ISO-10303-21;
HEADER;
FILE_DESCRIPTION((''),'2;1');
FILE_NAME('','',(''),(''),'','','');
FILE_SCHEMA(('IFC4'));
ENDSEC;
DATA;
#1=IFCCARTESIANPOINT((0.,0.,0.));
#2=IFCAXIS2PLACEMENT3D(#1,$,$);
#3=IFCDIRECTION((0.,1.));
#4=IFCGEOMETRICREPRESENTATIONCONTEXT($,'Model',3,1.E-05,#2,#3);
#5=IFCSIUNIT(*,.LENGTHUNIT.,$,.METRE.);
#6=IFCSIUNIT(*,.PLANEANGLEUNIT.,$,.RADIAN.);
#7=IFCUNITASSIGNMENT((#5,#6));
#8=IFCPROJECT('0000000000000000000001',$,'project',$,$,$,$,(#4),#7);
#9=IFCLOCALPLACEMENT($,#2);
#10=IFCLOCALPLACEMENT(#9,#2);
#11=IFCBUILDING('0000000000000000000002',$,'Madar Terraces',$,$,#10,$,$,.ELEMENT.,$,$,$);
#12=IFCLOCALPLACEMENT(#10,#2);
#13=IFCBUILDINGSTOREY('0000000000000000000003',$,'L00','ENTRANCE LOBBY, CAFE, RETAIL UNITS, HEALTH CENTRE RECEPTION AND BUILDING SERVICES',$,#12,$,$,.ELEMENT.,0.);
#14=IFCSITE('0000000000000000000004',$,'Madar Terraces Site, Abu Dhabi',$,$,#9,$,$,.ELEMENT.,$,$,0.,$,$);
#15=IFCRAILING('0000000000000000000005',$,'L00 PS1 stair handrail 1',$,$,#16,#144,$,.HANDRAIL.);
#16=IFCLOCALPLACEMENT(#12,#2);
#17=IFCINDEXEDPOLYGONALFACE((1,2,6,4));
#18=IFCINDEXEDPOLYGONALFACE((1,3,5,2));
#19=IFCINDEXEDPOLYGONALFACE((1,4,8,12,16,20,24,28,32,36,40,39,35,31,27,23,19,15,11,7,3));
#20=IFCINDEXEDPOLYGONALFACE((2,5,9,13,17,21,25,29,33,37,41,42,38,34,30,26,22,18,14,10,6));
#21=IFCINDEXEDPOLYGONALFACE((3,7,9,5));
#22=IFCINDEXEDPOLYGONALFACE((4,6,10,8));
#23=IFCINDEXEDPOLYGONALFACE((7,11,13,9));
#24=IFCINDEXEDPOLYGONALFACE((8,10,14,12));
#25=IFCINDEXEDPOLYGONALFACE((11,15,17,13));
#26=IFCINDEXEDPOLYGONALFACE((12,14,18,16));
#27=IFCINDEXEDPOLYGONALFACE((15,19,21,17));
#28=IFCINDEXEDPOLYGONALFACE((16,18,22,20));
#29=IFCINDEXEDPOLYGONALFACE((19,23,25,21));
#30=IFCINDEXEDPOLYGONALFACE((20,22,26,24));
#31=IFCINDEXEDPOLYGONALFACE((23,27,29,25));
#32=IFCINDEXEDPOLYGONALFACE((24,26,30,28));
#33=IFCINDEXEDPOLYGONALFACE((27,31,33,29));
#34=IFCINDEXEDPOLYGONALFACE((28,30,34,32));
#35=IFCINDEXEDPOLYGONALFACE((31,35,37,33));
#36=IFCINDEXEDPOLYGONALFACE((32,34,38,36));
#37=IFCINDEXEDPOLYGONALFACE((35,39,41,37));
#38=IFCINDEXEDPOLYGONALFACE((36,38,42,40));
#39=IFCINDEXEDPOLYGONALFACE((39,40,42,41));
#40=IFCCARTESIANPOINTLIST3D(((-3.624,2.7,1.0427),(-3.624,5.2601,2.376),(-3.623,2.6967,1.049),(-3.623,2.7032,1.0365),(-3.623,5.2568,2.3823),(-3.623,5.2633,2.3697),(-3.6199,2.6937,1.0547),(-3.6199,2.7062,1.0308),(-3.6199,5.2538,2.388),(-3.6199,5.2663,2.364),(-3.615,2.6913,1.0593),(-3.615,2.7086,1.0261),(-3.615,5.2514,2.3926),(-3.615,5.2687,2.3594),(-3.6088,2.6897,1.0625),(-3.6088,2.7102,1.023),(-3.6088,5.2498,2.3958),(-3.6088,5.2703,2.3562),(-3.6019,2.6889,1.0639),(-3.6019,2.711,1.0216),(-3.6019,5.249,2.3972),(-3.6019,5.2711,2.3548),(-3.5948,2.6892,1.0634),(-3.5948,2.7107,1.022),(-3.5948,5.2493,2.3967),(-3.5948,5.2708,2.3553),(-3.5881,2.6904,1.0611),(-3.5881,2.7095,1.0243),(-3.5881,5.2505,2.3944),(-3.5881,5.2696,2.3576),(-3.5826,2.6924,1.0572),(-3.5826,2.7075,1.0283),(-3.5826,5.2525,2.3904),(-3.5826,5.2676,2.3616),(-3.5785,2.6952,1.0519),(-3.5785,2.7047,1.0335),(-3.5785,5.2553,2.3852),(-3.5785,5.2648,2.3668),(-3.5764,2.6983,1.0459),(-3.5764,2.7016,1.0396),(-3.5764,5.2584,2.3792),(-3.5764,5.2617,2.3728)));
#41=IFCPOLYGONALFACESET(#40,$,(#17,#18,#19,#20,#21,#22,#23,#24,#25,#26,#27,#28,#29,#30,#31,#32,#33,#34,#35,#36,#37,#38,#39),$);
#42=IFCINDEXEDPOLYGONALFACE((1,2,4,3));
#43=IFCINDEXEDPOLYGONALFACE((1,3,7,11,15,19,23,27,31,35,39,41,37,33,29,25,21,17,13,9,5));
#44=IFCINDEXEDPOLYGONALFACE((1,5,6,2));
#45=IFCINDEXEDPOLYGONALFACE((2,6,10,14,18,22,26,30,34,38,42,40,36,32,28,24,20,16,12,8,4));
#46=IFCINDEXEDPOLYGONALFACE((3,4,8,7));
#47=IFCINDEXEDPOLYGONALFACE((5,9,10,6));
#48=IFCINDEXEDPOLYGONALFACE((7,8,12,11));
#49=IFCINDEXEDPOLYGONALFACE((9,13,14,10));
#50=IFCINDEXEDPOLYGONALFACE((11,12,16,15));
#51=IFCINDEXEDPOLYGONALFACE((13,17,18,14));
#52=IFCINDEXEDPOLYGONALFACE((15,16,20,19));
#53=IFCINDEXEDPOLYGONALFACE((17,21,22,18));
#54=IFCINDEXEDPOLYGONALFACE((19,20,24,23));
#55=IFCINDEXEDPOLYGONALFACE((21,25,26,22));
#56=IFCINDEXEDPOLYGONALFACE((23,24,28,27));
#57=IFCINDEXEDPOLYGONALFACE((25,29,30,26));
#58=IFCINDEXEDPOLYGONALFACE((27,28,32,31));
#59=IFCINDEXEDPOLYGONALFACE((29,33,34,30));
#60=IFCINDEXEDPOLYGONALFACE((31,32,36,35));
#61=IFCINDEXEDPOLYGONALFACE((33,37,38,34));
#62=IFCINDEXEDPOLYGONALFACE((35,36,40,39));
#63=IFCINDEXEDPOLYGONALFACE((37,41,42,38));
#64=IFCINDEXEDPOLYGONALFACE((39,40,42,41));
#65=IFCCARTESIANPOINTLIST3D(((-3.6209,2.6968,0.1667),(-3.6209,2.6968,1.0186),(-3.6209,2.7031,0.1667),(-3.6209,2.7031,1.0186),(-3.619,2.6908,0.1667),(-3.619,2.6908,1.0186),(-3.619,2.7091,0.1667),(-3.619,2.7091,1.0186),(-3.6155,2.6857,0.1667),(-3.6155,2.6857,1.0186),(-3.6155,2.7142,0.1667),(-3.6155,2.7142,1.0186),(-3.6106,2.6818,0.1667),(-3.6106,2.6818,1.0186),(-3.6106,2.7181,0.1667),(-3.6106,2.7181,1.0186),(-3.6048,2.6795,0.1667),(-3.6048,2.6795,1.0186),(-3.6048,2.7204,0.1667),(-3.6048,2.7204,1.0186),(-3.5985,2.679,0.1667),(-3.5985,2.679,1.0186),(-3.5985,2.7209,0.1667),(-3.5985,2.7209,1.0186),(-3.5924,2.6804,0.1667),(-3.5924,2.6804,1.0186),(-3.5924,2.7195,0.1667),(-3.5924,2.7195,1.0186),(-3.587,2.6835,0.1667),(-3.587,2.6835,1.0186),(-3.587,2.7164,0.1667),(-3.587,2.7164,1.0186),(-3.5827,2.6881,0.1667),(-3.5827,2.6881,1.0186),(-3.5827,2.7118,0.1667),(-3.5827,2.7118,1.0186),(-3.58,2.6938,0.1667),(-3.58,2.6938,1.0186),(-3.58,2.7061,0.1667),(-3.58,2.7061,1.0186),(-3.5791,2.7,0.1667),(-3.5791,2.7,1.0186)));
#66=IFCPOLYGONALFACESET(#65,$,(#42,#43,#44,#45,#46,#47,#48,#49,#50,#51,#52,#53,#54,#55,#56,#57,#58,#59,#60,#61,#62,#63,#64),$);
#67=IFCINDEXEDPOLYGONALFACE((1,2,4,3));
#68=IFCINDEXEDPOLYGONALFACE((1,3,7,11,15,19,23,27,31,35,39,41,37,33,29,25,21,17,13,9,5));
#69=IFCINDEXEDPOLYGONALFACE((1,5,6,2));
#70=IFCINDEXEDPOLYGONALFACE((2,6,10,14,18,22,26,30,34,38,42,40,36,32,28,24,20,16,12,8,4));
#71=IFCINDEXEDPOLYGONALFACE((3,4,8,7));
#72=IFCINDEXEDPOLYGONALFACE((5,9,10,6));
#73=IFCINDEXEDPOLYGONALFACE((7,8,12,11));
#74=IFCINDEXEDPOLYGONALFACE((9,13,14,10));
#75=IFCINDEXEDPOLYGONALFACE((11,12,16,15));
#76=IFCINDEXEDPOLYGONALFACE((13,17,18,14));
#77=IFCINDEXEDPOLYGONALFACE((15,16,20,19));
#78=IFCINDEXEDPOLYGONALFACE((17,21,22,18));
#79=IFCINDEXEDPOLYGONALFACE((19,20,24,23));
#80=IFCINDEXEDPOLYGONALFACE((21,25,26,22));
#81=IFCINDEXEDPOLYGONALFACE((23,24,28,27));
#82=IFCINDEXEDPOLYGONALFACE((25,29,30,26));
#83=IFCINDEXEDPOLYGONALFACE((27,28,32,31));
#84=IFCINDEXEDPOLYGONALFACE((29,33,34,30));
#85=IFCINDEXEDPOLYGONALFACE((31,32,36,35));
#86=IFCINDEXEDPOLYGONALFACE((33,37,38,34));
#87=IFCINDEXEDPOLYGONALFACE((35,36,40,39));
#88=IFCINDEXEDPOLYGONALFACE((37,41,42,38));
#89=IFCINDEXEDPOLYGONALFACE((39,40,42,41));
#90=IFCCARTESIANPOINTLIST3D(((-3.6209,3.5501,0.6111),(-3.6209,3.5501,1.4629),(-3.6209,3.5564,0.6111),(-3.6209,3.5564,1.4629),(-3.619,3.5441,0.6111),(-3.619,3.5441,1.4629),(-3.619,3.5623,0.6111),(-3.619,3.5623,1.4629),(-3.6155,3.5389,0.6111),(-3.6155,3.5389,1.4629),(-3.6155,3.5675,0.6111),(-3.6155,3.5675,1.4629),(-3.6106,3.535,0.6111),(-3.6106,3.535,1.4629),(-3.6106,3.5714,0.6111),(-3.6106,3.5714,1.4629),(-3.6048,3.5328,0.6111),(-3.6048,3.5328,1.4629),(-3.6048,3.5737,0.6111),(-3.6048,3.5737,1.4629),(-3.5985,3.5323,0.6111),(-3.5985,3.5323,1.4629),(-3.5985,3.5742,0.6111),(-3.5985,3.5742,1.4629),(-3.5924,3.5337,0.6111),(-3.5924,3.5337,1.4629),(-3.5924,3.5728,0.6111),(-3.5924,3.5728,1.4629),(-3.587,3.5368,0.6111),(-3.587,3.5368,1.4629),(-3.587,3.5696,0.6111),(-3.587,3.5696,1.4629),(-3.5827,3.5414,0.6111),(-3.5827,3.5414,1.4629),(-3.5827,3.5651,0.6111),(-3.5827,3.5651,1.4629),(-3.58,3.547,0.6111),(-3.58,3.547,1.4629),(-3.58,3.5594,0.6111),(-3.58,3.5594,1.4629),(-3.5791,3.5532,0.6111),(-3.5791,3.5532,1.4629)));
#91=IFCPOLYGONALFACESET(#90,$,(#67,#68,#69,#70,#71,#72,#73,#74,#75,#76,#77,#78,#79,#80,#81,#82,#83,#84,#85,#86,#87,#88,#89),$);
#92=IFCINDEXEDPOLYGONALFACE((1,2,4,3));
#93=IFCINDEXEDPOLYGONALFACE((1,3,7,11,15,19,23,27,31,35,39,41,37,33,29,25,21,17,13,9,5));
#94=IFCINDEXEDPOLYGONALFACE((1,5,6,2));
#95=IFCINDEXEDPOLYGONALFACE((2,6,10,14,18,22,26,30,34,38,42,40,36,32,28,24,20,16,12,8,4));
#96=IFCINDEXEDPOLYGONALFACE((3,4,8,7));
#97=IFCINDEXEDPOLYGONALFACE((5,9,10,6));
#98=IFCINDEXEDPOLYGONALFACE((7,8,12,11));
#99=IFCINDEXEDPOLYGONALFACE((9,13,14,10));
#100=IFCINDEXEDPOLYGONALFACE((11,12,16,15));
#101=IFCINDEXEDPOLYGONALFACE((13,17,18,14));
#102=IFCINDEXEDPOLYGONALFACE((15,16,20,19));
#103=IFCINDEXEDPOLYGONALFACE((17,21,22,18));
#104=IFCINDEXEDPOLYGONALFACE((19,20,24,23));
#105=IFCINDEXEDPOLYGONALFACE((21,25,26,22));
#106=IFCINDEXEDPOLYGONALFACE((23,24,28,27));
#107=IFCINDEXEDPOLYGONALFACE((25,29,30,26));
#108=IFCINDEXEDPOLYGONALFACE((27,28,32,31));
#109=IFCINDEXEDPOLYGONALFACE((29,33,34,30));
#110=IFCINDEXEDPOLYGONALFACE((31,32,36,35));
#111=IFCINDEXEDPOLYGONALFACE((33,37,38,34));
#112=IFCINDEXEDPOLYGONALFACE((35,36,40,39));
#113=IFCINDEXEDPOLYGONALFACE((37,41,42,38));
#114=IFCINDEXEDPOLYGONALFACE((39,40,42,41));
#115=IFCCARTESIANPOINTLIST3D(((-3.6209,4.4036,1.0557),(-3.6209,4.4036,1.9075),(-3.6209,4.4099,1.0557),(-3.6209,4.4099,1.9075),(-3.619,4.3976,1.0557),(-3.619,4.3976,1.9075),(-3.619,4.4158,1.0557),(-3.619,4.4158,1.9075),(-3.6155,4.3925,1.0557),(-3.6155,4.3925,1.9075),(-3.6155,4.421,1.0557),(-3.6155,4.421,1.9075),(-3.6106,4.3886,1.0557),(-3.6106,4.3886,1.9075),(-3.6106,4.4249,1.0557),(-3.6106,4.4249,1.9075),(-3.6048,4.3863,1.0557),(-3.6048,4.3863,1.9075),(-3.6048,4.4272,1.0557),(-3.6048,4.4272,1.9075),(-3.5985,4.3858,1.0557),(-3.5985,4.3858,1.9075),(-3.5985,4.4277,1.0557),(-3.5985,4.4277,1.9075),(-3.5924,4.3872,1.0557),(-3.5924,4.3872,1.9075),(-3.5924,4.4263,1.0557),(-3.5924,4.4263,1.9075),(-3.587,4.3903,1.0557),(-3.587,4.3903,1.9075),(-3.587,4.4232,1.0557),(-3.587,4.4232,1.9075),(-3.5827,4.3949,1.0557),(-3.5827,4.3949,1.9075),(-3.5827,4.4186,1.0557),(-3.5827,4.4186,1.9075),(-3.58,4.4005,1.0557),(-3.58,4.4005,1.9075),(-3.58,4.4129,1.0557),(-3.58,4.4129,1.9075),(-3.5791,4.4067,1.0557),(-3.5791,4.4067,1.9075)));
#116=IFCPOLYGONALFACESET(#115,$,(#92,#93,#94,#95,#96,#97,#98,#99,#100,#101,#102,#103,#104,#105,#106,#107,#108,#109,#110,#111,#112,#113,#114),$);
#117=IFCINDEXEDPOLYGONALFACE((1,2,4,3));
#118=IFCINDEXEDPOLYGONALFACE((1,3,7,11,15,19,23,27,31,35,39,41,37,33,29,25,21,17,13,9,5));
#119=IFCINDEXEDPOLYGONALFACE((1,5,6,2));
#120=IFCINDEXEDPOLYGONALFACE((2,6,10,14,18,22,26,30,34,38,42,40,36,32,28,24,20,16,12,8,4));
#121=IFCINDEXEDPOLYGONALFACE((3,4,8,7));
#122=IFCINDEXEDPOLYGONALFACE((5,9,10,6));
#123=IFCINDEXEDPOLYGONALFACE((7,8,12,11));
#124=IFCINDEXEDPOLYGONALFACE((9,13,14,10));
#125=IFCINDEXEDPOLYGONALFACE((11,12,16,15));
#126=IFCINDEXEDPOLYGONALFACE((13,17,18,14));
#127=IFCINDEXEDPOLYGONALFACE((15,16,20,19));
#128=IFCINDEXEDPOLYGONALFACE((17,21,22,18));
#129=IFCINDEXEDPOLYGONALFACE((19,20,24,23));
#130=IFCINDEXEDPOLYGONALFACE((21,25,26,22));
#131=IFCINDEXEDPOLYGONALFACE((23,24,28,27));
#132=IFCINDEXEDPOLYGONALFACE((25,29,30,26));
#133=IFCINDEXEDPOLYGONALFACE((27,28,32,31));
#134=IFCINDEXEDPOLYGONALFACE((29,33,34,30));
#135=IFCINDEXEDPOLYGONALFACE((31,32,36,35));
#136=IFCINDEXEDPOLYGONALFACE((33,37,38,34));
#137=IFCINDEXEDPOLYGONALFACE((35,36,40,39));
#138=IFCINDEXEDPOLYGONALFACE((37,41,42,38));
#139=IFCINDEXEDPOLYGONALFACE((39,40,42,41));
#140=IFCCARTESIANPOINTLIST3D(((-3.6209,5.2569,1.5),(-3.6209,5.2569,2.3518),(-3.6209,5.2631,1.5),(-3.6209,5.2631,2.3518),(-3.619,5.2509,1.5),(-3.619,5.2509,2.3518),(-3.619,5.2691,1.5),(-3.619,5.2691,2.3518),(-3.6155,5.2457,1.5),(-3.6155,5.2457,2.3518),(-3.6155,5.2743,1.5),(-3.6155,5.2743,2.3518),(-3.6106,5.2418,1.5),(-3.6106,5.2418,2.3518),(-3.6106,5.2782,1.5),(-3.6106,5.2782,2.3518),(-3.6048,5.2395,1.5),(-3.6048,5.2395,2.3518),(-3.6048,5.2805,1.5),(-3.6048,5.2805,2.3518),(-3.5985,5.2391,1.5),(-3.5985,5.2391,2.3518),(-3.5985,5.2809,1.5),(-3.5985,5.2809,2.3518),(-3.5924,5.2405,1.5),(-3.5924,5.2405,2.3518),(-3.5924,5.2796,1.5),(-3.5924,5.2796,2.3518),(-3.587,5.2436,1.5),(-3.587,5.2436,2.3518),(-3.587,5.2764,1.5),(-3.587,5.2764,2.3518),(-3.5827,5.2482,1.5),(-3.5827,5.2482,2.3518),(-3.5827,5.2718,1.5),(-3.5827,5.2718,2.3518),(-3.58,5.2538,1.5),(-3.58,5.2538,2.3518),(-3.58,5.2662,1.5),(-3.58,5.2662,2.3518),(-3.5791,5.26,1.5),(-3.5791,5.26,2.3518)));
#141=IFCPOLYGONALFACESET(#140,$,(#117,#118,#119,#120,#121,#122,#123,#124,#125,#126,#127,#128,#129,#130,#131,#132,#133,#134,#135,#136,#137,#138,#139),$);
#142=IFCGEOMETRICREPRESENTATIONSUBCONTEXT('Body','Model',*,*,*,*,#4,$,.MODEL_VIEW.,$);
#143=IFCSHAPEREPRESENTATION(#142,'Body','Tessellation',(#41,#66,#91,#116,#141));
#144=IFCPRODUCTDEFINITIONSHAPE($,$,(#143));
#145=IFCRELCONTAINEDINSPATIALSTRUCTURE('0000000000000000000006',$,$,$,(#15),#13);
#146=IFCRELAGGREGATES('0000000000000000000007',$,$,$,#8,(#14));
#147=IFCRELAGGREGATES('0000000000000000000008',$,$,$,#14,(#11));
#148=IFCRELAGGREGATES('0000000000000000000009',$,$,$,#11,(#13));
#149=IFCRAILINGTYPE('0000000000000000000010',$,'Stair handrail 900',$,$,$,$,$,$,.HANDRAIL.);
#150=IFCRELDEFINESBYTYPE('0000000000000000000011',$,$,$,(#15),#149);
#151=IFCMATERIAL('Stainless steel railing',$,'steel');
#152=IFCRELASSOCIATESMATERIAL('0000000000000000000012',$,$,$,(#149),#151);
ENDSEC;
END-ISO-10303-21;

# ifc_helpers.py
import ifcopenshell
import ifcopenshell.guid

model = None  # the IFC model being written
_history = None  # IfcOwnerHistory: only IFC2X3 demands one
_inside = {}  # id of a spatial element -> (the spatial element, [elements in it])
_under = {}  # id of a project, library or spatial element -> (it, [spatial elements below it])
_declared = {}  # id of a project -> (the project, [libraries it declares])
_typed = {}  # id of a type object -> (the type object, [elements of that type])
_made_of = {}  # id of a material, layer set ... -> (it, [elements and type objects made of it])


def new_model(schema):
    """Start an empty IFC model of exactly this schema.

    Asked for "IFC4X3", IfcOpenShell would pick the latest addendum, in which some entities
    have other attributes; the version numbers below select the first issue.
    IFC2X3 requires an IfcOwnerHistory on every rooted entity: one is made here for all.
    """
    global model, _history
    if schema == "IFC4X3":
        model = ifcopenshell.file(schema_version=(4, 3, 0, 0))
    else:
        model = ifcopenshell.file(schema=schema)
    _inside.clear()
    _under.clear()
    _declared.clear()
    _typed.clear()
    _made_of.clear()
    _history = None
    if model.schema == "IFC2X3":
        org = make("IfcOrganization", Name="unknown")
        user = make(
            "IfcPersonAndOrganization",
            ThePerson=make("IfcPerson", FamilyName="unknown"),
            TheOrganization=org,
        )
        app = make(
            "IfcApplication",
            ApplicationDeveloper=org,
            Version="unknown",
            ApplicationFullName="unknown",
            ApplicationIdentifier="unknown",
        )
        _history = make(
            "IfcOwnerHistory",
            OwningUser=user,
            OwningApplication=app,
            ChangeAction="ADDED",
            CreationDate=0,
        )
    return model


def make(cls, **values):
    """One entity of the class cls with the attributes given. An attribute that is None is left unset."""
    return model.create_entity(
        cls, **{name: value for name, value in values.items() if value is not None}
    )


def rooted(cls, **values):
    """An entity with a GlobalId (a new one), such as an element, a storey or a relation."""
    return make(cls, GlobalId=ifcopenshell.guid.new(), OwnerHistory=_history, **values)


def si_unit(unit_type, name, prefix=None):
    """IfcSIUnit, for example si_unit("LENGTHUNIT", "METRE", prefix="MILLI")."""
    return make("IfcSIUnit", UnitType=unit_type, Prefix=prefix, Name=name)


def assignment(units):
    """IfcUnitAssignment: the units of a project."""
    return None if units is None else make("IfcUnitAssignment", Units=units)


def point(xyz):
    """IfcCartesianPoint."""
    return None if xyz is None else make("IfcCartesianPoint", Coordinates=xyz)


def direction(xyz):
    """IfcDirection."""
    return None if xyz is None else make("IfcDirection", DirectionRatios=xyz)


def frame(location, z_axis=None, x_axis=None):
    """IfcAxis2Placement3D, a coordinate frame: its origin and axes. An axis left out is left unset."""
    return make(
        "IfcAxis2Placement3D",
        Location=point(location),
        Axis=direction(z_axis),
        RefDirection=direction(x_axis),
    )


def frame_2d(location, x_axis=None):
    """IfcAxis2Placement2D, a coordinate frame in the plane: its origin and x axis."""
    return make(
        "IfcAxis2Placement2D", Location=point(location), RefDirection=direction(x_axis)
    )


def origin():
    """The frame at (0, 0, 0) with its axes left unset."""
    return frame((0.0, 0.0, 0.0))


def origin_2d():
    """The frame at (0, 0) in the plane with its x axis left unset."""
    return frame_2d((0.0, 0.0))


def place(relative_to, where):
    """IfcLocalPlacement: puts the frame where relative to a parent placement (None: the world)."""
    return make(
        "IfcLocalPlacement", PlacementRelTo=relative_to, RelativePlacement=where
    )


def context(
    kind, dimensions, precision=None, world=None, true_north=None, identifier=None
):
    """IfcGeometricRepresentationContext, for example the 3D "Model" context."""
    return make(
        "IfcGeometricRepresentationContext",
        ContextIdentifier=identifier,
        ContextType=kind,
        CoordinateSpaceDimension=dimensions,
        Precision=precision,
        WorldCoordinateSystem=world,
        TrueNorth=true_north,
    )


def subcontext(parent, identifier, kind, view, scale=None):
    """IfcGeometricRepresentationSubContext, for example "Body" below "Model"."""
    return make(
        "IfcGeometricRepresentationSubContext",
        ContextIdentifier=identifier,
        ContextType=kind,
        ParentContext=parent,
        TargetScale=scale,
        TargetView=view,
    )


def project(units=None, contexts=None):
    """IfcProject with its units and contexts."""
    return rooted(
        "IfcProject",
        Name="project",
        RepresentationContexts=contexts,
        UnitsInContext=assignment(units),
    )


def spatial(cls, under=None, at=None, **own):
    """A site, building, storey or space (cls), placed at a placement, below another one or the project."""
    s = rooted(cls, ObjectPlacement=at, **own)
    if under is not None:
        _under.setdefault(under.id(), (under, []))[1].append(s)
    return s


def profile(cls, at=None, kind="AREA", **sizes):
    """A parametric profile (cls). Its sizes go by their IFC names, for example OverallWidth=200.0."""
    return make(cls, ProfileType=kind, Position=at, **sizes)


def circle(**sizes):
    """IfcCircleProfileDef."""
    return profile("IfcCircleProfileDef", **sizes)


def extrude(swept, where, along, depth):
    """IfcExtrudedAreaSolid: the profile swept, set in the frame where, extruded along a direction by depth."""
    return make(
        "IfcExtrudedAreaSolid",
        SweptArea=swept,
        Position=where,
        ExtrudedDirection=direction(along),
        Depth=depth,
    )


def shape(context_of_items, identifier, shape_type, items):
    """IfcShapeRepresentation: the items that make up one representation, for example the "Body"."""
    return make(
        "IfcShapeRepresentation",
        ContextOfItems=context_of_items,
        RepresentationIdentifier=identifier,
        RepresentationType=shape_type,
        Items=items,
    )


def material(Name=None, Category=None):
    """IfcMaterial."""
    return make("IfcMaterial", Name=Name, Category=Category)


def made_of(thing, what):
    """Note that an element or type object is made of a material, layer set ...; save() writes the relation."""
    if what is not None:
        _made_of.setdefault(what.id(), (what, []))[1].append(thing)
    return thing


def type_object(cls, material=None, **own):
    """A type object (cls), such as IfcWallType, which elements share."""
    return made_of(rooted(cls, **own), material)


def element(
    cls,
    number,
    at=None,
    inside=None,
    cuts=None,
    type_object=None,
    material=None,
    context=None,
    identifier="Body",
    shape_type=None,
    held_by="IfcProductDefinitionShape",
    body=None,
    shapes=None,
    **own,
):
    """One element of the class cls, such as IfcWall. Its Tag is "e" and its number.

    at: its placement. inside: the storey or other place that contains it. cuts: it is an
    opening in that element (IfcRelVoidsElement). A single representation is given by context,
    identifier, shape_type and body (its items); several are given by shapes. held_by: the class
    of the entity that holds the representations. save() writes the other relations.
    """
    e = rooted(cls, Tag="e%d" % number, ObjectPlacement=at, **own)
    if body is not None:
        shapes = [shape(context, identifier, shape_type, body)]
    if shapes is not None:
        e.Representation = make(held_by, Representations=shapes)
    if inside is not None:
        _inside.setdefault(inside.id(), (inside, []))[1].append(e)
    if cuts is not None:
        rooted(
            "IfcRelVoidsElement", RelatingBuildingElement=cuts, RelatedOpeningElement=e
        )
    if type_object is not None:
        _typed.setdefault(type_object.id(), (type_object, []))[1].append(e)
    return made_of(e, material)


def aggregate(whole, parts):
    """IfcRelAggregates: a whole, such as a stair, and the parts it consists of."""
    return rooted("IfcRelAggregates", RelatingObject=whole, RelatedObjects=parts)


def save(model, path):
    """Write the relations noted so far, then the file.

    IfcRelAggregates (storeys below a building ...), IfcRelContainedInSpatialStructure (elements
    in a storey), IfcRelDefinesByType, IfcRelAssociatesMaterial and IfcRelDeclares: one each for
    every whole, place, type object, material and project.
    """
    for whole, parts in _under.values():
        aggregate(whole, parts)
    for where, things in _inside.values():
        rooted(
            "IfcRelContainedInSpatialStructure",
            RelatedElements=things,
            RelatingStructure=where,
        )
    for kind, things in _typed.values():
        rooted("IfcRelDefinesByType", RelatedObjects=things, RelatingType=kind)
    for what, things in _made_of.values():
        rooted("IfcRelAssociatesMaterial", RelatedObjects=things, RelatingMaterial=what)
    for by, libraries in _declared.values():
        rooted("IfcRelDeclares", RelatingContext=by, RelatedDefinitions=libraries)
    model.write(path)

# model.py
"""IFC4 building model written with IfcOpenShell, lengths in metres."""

from ifc_helpers import new_model, si_unit, direction, frame, origin, origin_2d, place, context, subcontext, project, spatial, circle, extrude, material, type_object, element, save


model = new_model("IFC4")

# Units and contexts
model_context = context("Model", 3, precision=1e-05, world=origin(), true_north=direction((0.0, 1.0)))
body_context = subcontext(model_context, "Body", "Model", "MODEL_VIEW")
ifc_project = project(units=[si_unit("LENGTHUNIT", "METRE"), si_unit("PLANEANGLEUNIT", "RADIAN")], contexts=[model_context])

# Site, building, storey
site_placement = place(None, origin())
site = spatial("IfcSite", under=ifc_project, at=site_placement, Name="Madar Terraces Site, Abu Dhabi", CompositionType="ELEMENT", RefElevation=0.0)
building_placement = place(site_placement, origin())
building = spatial("IfcBuilding", under=site, at=building_placement, Name="Madar Terraces", CompositionType="ELEMENT")
storey_placement = place(building_placement, origin())
storey = spatial("IfcBuildingStorey", under=building, at=storey_placement, Name="L00", Description="ENTRANCE LOBBY, CAFE, RETAIL UNITS, HEALTH CENTRE RECEPTION AND BUILDING SERVICES", CompositionType="ELEMENT", Elevation=0.0)

# Railing
ifc_material_1 = material(Name="Stainless steel railing", Category="steel")
railing_type_1 = type_object("IfcRailingType", Name="Stair handrail 900", PredefinedType="HANDRAIL", material=ifc_material_1)
railing_1_placement = place(storey_placement, frame((-3.6001, 2.7, 0.1667)))
element("IfcRailing", 1, at=railing_1_placement, inside=storey, type_object=railing_type_1, Name="L00 PS1 stair handrail 1", PredefinedType="HANDRAIL", context=body_context, shape_type="SweptSolid", body=[
    extrude(circle(Radius=0.0239, at=origin_2d()), frame((0.0, 0.0, 0.876), z_axis=(0.0, 0.88693, 0.461904), x_axis=(-1.0, 0.0, 0.0)), (0.0, 0.0, 1.0), 2.8865),
    extrude(circle(Radius=0.021, at=origin_2d()), origin(), (0.0, 0.0, 1.0), 0.8518),
    extrude(circle(Radius=0.021, at=origin_2d()), frame((0.0, 0.8533, 0.4443)), (0.0, 0.0, 1.0), 0.8518),
    extrude(circle(Radius=0.021, at=origin_2d()), frame((0.0, 1.7068, 0.8889)), (0.0, 0.0, 1.0), 0.8518),
    extrude(circle(Radius=0.021, at=origin_2d()), frame((0.0, 2.5601, 1.3333)), (0.0, 0.0, 1.0), 0.8518),
])

save(model, "model.ifc")
